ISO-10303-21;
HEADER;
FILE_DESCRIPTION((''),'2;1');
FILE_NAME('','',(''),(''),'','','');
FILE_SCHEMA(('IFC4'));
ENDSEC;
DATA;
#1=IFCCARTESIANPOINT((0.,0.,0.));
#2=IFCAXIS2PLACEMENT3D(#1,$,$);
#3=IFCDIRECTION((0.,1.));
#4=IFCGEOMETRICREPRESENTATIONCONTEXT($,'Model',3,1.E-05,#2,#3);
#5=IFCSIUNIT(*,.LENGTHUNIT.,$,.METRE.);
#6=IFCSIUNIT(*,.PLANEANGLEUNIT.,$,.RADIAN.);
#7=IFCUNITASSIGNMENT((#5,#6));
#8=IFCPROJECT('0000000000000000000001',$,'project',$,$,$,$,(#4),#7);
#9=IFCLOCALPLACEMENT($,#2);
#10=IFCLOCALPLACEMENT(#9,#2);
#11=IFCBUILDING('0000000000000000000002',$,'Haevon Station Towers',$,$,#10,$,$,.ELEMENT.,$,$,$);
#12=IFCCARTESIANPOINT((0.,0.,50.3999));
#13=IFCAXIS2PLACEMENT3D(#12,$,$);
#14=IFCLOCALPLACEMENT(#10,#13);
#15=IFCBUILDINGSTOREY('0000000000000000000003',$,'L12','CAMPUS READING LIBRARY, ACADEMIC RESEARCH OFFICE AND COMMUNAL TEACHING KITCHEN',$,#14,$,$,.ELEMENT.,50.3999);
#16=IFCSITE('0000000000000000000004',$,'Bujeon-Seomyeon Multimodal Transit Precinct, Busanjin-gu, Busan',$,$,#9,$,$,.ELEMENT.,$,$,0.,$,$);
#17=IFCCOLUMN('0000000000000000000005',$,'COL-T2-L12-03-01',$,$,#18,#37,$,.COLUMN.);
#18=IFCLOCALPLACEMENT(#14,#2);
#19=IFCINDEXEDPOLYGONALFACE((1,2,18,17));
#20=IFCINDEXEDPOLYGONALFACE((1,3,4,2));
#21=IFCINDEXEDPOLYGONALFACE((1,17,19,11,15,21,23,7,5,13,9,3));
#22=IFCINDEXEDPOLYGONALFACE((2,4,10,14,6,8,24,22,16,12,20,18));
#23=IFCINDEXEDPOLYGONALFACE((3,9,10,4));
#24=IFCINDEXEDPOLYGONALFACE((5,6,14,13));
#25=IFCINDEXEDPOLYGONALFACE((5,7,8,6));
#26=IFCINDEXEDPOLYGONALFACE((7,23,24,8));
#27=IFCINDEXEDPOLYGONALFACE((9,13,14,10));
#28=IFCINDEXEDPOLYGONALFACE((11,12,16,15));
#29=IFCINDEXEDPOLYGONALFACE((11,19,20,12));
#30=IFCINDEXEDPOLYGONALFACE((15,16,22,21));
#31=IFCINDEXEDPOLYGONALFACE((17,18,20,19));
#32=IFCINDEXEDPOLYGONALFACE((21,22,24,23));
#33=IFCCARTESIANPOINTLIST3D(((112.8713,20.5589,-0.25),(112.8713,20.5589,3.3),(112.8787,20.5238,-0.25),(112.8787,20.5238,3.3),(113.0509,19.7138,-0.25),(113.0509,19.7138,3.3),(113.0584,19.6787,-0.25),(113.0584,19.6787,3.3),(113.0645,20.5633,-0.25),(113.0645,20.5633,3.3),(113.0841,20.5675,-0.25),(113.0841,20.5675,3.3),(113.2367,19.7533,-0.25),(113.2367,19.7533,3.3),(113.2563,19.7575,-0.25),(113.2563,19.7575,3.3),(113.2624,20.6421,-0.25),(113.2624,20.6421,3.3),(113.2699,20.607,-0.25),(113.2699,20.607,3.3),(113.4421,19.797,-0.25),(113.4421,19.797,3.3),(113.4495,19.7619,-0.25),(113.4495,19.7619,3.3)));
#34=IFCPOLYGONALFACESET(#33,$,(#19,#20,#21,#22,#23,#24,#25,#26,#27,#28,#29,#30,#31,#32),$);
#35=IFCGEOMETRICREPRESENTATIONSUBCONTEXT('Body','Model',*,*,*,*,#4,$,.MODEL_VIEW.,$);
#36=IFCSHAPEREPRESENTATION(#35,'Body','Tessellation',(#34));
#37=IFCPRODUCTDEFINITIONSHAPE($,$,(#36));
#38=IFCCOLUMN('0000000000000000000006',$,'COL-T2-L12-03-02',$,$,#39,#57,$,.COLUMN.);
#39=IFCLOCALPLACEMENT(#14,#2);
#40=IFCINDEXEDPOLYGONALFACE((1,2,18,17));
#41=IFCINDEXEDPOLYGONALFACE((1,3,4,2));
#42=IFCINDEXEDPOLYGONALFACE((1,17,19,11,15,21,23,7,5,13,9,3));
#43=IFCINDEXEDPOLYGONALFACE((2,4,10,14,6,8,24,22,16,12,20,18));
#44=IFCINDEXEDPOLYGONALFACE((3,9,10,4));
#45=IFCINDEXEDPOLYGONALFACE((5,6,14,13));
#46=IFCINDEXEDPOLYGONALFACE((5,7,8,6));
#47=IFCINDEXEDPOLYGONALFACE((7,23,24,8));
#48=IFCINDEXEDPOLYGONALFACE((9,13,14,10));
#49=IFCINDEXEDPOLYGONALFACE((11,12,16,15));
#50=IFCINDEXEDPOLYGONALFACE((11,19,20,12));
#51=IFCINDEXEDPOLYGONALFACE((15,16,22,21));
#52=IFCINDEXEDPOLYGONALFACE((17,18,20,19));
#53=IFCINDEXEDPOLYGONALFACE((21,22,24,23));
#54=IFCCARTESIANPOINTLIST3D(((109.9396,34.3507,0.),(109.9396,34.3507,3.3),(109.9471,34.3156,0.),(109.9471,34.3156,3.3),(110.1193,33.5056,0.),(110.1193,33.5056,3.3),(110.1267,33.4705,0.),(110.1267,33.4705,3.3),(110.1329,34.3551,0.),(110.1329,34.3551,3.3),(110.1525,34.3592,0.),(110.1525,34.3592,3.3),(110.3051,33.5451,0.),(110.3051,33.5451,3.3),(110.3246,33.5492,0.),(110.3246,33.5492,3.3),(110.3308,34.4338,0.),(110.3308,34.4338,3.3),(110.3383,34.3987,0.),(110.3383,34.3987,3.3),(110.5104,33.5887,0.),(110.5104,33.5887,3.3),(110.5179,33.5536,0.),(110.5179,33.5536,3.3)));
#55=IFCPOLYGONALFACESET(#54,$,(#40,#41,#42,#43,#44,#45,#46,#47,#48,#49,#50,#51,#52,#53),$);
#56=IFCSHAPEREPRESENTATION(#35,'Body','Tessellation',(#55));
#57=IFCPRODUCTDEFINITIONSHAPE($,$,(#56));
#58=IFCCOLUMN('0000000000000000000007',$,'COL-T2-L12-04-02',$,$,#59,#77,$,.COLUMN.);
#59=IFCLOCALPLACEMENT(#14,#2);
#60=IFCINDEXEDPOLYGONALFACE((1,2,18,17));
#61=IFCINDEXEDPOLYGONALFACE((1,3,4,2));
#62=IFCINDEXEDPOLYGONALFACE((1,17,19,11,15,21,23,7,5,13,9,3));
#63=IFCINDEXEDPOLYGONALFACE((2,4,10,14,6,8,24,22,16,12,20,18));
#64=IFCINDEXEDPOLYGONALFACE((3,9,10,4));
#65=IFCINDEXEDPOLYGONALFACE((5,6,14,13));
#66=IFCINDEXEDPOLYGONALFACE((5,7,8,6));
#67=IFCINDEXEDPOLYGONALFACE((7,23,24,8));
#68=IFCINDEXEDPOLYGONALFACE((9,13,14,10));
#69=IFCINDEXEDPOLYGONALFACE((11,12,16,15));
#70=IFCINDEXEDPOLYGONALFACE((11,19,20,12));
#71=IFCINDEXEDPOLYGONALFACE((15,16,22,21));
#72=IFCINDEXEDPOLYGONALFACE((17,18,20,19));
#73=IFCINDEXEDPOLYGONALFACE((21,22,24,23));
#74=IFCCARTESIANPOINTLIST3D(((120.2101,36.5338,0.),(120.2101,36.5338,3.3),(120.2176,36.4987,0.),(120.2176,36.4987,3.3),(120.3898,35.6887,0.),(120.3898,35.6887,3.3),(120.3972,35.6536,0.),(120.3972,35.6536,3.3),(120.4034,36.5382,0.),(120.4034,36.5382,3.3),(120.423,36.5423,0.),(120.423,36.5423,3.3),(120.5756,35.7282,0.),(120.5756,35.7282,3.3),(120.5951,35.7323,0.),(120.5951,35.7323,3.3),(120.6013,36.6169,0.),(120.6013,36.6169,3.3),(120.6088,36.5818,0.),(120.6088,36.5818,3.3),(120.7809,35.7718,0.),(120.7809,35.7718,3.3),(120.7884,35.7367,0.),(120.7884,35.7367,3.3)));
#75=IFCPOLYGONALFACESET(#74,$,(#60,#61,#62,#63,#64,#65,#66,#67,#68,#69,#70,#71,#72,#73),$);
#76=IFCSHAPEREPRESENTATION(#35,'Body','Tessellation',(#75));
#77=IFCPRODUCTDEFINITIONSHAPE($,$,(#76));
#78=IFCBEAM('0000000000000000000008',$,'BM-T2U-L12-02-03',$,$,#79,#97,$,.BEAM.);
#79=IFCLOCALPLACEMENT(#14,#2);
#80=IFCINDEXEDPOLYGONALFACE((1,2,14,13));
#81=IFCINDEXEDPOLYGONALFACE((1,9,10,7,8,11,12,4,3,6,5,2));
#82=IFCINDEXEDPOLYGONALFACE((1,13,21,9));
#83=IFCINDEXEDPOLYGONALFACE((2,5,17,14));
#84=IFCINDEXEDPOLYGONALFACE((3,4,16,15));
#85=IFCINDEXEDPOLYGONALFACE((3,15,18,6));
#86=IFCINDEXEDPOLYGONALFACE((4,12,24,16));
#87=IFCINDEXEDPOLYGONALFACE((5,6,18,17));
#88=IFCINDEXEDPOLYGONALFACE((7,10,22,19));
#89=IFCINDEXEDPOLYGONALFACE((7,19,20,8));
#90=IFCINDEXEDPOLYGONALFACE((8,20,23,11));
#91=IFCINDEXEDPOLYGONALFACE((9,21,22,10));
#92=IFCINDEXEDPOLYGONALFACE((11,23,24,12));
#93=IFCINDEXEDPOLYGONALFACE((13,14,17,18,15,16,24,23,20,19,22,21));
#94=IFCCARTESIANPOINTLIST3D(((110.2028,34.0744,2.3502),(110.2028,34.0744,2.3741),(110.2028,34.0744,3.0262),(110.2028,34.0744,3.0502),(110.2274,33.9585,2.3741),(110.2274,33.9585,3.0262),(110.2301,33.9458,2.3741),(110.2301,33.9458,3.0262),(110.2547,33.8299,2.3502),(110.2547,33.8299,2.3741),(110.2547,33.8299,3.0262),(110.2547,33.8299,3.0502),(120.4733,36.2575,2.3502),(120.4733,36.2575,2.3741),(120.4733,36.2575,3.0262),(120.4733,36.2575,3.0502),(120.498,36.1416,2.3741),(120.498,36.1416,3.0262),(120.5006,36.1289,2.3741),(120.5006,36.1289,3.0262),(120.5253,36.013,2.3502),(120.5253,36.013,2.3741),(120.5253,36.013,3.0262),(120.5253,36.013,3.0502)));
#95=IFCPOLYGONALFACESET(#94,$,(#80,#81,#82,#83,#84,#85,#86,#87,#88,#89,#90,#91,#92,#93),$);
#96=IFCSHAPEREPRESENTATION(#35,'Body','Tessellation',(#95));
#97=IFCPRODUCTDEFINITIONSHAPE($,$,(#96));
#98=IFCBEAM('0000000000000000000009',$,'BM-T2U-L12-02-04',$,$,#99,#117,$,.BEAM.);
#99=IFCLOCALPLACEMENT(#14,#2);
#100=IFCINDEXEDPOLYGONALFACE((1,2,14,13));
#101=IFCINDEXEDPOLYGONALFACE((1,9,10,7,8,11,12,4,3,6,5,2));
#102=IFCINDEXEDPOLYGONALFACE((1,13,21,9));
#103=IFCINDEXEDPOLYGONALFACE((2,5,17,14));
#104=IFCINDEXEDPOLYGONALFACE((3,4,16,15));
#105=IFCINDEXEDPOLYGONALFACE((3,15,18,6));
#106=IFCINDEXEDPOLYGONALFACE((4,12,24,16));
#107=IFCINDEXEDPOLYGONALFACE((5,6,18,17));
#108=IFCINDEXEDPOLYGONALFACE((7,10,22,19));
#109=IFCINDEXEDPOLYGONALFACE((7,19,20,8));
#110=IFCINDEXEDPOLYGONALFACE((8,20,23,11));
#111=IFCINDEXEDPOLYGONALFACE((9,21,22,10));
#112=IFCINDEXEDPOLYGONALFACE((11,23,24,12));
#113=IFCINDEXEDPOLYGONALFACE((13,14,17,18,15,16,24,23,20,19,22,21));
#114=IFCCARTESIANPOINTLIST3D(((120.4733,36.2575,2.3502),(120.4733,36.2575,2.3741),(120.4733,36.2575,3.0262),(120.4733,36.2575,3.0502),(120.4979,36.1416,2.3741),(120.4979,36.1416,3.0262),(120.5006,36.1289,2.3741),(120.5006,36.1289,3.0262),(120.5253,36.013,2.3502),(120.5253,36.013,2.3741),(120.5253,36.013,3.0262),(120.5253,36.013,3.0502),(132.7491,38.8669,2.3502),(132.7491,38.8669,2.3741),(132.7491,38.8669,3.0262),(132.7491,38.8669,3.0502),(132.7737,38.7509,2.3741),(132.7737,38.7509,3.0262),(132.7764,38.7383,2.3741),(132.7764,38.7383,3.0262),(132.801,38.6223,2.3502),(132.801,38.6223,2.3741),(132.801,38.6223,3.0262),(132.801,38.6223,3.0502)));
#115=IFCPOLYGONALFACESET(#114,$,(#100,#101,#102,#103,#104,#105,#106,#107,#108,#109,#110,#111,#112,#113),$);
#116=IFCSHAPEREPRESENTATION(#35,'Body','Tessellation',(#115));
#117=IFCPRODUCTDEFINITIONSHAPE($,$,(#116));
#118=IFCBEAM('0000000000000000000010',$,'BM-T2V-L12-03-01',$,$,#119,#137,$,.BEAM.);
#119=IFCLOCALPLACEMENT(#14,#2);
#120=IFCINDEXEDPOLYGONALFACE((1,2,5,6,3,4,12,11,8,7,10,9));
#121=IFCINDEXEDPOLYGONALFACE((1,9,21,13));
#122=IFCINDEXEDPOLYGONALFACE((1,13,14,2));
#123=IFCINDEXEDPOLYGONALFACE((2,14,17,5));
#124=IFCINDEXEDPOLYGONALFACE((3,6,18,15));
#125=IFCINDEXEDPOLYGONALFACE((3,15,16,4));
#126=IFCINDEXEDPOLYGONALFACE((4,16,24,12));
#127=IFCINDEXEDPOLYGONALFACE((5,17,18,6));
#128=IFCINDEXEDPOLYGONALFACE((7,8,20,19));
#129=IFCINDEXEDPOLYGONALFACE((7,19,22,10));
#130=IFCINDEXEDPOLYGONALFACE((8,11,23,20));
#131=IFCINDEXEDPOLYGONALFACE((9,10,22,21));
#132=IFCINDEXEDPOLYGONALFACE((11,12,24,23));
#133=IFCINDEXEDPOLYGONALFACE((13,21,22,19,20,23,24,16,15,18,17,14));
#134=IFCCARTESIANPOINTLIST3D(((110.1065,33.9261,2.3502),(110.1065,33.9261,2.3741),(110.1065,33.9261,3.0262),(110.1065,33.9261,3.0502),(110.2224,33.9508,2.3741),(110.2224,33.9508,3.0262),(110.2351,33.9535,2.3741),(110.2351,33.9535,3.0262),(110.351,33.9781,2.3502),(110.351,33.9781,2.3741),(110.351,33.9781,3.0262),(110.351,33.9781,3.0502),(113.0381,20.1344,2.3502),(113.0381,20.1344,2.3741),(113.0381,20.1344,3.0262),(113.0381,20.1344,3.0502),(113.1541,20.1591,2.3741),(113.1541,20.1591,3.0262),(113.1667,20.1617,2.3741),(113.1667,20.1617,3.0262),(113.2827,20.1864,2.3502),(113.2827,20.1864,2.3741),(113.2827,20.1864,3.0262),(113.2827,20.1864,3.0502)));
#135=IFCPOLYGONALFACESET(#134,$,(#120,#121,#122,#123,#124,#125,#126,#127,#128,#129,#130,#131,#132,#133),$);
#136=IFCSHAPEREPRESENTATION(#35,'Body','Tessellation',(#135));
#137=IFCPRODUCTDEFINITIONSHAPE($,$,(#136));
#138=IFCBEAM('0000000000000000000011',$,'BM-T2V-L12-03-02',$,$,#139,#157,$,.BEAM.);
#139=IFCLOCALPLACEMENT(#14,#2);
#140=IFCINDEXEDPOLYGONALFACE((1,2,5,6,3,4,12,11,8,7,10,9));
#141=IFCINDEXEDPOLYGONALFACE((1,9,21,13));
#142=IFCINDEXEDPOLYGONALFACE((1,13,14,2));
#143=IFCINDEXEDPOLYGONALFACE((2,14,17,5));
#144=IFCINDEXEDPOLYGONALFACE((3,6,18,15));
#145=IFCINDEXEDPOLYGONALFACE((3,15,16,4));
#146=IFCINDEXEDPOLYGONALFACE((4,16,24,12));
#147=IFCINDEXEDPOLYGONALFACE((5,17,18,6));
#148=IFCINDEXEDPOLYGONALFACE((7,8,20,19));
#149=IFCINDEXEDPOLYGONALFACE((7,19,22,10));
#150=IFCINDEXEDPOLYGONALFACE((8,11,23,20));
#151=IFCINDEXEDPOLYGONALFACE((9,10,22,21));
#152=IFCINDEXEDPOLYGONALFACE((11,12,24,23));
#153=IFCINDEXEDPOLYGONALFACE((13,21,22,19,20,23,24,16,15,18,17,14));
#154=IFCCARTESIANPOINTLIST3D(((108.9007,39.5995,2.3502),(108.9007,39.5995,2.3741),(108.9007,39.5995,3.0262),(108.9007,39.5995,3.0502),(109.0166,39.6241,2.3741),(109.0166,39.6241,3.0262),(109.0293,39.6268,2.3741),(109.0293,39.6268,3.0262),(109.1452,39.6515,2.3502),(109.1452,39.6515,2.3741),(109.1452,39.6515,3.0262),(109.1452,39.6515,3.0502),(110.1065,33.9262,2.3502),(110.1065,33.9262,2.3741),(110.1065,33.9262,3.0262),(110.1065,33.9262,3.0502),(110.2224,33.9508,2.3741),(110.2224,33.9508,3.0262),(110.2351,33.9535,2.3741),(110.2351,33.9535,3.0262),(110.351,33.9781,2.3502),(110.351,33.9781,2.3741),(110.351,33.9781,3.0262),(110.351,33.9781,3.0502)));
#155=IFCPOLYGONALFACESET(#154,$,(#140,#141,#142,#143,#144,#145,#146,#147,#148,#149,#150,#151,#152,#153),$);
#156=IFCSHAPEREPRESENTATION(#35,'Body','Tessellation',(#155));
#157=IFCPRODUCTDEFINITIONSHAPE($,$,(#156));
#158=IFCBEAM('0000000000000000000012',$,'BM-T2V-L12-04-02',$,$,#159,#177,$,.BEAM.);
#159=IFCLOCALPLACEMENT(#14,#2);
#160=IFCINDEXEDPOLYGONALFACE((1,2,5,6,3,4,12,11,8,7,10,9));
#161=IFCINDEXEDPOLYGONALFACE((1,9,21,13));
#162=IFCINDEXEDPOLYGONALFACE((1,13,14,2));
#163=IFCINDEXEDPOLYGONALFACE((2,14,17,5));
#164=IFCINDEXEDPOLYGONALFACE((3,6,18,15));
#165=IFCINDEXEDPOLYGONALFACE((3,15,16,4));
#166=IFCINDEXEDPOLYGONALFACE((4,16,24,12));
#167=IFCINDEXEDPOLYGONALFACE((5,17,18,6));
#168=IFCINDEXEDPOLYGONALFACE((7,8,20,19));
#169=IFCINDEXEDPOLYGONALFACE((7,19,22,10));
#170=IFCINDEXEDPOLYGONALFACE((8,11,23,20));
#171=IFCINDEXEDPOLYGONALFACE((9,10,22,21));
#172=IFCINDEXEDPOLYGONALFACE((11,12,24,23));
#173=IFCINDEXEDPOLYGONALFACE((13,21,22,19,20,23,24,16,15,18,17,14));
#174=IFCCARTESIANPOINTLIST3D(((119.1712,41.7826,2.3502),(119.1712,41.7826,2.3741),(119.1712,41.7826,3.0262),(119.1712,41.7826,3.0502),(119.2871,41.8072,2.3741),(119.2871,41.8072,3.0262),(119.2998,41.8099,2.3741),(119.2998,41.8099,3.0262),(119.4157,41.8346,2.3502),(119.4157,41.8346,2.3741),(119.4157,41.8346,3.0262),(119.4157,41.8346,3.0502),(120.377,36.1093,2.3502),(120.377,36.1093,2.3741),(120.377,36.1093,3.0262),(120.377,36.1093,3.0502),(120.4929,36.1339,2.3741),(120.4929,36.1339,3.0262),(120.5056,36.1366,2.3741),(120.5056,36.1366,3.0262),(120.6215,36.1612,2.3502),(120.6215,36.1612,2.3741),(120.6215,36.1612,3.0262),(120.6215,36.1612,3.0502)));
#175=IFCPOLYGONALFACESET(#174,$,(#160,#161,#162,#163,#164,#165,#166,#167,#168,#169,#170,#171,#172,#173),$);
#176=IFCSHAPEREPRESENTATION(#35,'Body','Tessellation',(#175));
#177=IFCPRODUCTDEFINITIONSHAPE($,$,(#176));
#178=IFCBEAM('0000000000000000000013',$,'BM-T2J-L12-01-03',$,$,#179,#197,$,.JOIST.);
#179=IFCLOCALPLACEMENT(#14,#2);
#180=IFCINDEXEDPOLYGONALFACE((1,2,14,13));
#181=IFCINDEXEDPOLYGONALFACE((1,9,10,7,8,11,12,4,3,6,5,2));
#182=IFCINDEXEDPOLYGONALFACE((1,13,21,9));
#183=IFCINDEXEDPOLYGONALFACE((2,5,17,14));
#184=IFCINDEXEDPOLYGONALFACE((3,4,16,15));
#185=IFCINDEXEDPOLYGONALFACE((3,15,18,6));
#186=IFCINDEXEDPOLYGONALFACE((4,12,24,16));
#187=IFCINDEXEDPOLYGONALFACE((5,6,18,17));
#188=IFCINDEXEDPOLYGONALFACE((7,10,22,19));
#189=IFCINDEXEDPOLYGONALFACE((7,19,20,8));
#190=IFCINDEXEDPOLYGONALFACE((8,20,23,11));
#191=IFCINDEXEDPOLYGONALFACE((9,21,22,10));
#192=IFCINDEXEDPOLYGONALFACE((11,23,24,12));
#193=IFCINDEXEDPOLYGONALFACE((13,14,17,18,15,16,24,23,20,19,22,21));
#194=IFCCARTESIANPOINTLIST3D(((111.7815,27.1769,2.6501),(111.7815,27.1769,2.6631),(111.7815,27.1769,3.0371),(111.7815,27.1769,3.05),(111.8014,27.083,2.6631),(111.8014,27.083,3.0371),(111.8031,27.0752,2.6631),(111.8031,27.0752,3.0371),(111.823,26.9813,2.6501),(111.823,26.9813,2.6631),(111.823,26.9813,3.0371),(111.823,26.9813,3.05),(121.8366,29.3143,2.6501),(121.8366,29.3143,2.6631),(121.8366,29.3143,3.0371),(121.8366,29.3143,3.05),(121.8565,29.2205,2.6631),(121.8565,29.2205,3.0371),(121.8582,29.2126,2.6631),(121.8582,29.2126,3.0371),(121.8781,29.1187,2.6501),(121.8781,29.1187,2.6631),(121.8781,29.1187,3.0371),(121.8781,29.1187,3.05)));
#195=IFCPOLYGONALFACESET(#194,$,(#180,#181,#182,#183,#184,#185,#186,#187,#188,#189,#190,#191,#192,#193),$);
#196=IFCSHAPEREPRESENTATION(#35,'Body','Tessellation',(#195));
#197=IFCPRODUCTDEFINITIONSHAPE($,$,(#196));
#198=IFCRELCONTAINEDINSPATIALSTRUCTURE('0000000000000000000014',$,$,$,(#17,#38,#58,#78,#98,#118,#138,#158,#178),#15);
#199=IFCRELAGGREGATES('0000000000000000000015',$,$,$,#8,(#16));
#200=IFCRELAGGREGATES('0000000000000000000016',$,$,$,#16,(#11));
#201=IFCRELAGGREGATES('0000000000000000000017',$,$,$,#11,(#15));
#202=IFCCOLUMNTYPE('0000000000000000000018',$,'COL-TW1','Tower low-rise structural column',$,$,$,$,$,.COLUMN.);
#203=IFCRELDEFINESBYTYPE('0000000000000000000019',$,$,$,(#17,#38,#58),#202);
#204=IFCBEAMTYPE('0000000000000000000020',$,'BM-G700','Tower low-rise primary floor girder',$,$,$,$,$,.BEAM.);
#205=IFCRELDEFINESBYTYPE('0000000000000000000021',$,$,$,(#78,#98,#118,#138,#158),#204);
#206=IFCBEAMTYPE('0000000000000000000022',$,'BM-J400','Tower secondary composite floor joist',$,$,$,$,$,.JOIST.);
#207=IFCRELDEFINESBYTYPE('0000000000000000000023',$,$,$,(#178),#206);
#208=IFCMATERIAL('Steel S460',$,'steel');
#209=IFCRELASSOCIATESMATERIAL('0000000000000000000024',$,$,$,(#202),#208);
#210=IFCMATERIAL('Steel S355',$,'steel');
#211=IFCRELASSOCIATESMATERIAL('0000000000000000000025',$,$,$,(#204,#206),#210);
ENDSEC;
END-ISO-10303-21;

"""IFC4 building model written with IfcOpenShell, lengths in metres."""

from ifc_helpers import new_model, si_unit, direction, frame, origin, origin_2d, place, context, subcontext, project, spatial, i_section, extrude, material, material_profile, profile_set, type_object, element, save


model = new_model("IFC4")

# Units and contexts
model_context = context("Model", 3, precision=1e-05, world=origin(), true_north=direction((0.0, 1.0)))
body_context = subcontext(model_context, "Body", "Model", "MODEL_VIEW")
ifc_project = project(units=[si_unit("LENGTHUNIT", "METRE"), si_unit("PLANEANGLEUNIT", "RADIAN")], contexts=[model_context])

# Site, building, storey
site_placement = place(None, origin())
site = spatial("IfcSite", under=ifc_project, at=site_placement, Name="Bujeon-Seomyeon Multimodal Transit Precinct, Busanjin-gu, Busan", CompositionType="ELEMENT", RefElevation=0.0)
building_placement = place(site_placement, origin())
building = spatial("IfcBuilding", under=site, at=building_placement, Name="Haevon Station Towers", CompositionType="ELEMENT")
storey_placement = place(building_placement, frame((0.0, 0.0, 50.3999)))
storey = spatial("IfcBuildingStorey", under=building, at=storey_placement, Name="L12", Description="CAMPUS READING LIBRARY, ACADEMIC RESEARCH OFFICE AND COMMUNAL TEACHING KITCHEN", CompositionType="ELEMENT", Elevation=50.3999)

# Columns
ifc_material_1 = material(Name="Steel S460", Category="steel")
ifc_material_profile_1 = material_profile(ifc_material_1, i_section(OverallWidth=0.3999, OverallDepth=0.8999, WebThickness=0.02, FlangeThickness=0.0359, at=origin_2d()), Name="H-900x400x20x36")
ifc_profile_set_1 = profile_set([ifc_material_profile_1], Name="Steel S460")
column_type = type_object("IfcColumnType", Name="COL-TW1", Description="Tower low-rise structural column", PredefinedType="COLUMN", material=ifc_profile_set_1)
column_placement = place(storey_placement, frame((113.1604, 20.1604, -0.25), z_axis=(0.0, 0.0, 1.0), x_axis=(0.978148, 0.207912, 0.0)))
element("IfcColumn", 1, at=column_placement, inside=storey, type_object=column_type, Name="COL-T2-L12-03-01", PredefinedType="COLUMN", context=body_context, shape_type="SweptSolid", body=[
    extrude(i_section(OverallWidth=0.3999, OverallDepth=0.8999, WebThickness=0.02, FlangeThickness=0.0359, at=origin_2d()), origin(), (0.0, 0.0, 1.0), 3.55),
])
for number, where, z_axis, x_axis, name in (
    (2, (110.2288, 33.9521, 0.0), (0.0, 0.0, 1.0), (0.978148, 0.207912, 0.0), "COL-T2-L12-03-02"),
    (3, (120.4993, 36.1353, 0.0), (0.0, 0.0, 1.0), (0.978148, 0.207912, 0.0), "COL-T2-L12-04-02"),
):
    element("IfcColumn", number, at=place(storey_placement, frame(where, z_axis=z_axis, x_axis=x_axis)), inside=storey, type_object=column_type, Name=name, PredefinedType="COLUMN", context=body_context, shape_type="SweptSolid", body=[
        extrude(i_section(OverallWidth=0.3999, OverallDepth=0.8999, WebThickness=0.02, FlangeThickness=0.0359, at=origin_2d()), origin(), (0.0, 0.0, 1.0), 3.3),
    ])

# Beams
ifc_material_2 = material(Name="Steel S355", Category="steel")
ifc_material_profile_2 = material_profile(ifc_material_2, i_section(OverallWidth=0.25, OverallDepth=0.7, WebThickness=0.0129, FlangeThickness=0.0239, at=origin_2d()), Name="H-700x250x13x24")
ifc_profile_set_2 = profile_set([ifc_material_profile_2], Name="Steel S355")
beam_type_1 = type_object("IfcBeamType", Name="BM-G700", Description="Tower low-rise primary floor girder", PredefinedType="BEAM", material=ifc_profile_set_2)
beam_1_placement = place(storey_placement, frame((110.2288, 33.9521, 2.7002), z_axis=(0.978147, 0.207915, 0.0), x_axis=(-0.207915, 0.978147, 0.0)))
element("IfcBeam", 4, at=beam_1_placement, inside=storey, type_object=beam_type_1, Name="BM-T2U-L12-02-03", PredefinedType="BEAM", context=body_context, shape_type="SweptSolid", body=[
    extrude(i_section(OverallWidth=0.25, OverallDepth=0.7, WebThickness=0.0129, FlangeThickness=0.0239, at=origin_2d()), origin(), (0.0, 0.0, 1.0), 10.5),
])
beam_2_placement = place(storey_placement, frame((120.4993, 36.1353, 2.7002), z_axis=(0.978147, 0.207916, 0.0), x_axis=(-0.207916, 0.978147, 0.0)))
element("IfcBeam", 5, at=beam_2_placement, inside=storey, type_object=beam_type_1, Name="BM-T2U-L12-02-04", PredefinedType="BEAM", context=body_context, shape_type="SweptSolid", body=[
    extrude(i_section(OverallWidth=0.25, OverallDepth=0.7, WebThickness=0.0129, FlangeThickness=0.0239, at=origin_2d()), origin(), (0.0, 0.0, 1.0), 12.55),
])
beam_3_placement = place(storey_placement, frame((113.1604, 20.1604, 2.7002), z_axis=(-0.207919, 0.978146, 0.0), x_axis=(-0.978146, -0.207919, 0.0)))
element("IfcBeam", 6, at=beam_3_placement, inside=storey, type_object=beam_type_1, Name="BM-T2V-L12-03-01", PredefinedType="BEAM", context=body_context, shape_type="SweptSolid", body=[
    extrude(i_section(OverallWidth=0.25, OverallDepth=0.7, WebThickness=0.0129, FlangeThickness=0.0239, at=origin_2d()), origin(), (0.0, 0.0, 1.0), 14.0999),
])
for number, where, z_axis, x_axis, name in (
    (7, (110.2288, 33.9521, 2.7002), (-0.207896, 0.978151, 0.0), (-0.978151, -0.207896, 0.0), "BM-T2V-L12-03-02"),
    (8, (120.4993, 36.1353, 2.7002), (-0.207896, 0.978151, 0.0), (-0.978151, -0.207896, 0.0), "BM-T2V-L12-04-02"),
):
    element("IfcBeam", number, at=place(storey_placement, frame(where, z_axis=z_axis, x_axis=x_axis)), inside=storey, type_object=beam_type_1, Name=name, PredefinedType="BEAM", context=body_context, shape_type="SweptSolid", body=[
        extrude(i_section(OverallWidth=0.25, OverallDepth=0.7, WebThickness=0.0129, FlangeThickness=0.0239, at=origin_2d()), origin(), (0.0, 0.0, 1.0), 5.8),
    ])
ifc_material_profile_3 = material_profile(ifc_material_2, i_section(OverallWidth=0.2, OverallDepth=0.3999, WebThickness=0.0081, FlangeThickness=0.0129, at=origin_2d()), Name="H-400x200x8x13")
ifc_profile_set_3 = profile_set([ifc_material_profile_3], Name="Steel S355")
beam_type_2 = type_object("IfcBeamType", Name="BM-J400", Description="Tower secondary composite floor joist", PredefinedType="JOIST", material=ifc_profile_set_3)
beam_4_placement = place(storey_placement, frame((111.8022, 27.0791, 2.8501), z_axis=(0.978144, 0.207926, 0.0), x_axis=(-0.207926, 0.978144, 0.0)))
element("IfcBeam", 9, at=beam_4_placement, inside=storey, type_object=beam_type_2, Name="BM-T2J-L12-01-03", PredefinedType="JOIST", context=body_context, shape_type="SweptSolid", body=[
    extrude(i_section(OverallWidth=0.2, OverallDepth=0.3999, WebThickness=0.0081, FlangeThickness=0.0129, at=origin_2d()), origin(), (0.0, 0.0, 1.0), 10.2798),
])

save(model, "model.ifc")
